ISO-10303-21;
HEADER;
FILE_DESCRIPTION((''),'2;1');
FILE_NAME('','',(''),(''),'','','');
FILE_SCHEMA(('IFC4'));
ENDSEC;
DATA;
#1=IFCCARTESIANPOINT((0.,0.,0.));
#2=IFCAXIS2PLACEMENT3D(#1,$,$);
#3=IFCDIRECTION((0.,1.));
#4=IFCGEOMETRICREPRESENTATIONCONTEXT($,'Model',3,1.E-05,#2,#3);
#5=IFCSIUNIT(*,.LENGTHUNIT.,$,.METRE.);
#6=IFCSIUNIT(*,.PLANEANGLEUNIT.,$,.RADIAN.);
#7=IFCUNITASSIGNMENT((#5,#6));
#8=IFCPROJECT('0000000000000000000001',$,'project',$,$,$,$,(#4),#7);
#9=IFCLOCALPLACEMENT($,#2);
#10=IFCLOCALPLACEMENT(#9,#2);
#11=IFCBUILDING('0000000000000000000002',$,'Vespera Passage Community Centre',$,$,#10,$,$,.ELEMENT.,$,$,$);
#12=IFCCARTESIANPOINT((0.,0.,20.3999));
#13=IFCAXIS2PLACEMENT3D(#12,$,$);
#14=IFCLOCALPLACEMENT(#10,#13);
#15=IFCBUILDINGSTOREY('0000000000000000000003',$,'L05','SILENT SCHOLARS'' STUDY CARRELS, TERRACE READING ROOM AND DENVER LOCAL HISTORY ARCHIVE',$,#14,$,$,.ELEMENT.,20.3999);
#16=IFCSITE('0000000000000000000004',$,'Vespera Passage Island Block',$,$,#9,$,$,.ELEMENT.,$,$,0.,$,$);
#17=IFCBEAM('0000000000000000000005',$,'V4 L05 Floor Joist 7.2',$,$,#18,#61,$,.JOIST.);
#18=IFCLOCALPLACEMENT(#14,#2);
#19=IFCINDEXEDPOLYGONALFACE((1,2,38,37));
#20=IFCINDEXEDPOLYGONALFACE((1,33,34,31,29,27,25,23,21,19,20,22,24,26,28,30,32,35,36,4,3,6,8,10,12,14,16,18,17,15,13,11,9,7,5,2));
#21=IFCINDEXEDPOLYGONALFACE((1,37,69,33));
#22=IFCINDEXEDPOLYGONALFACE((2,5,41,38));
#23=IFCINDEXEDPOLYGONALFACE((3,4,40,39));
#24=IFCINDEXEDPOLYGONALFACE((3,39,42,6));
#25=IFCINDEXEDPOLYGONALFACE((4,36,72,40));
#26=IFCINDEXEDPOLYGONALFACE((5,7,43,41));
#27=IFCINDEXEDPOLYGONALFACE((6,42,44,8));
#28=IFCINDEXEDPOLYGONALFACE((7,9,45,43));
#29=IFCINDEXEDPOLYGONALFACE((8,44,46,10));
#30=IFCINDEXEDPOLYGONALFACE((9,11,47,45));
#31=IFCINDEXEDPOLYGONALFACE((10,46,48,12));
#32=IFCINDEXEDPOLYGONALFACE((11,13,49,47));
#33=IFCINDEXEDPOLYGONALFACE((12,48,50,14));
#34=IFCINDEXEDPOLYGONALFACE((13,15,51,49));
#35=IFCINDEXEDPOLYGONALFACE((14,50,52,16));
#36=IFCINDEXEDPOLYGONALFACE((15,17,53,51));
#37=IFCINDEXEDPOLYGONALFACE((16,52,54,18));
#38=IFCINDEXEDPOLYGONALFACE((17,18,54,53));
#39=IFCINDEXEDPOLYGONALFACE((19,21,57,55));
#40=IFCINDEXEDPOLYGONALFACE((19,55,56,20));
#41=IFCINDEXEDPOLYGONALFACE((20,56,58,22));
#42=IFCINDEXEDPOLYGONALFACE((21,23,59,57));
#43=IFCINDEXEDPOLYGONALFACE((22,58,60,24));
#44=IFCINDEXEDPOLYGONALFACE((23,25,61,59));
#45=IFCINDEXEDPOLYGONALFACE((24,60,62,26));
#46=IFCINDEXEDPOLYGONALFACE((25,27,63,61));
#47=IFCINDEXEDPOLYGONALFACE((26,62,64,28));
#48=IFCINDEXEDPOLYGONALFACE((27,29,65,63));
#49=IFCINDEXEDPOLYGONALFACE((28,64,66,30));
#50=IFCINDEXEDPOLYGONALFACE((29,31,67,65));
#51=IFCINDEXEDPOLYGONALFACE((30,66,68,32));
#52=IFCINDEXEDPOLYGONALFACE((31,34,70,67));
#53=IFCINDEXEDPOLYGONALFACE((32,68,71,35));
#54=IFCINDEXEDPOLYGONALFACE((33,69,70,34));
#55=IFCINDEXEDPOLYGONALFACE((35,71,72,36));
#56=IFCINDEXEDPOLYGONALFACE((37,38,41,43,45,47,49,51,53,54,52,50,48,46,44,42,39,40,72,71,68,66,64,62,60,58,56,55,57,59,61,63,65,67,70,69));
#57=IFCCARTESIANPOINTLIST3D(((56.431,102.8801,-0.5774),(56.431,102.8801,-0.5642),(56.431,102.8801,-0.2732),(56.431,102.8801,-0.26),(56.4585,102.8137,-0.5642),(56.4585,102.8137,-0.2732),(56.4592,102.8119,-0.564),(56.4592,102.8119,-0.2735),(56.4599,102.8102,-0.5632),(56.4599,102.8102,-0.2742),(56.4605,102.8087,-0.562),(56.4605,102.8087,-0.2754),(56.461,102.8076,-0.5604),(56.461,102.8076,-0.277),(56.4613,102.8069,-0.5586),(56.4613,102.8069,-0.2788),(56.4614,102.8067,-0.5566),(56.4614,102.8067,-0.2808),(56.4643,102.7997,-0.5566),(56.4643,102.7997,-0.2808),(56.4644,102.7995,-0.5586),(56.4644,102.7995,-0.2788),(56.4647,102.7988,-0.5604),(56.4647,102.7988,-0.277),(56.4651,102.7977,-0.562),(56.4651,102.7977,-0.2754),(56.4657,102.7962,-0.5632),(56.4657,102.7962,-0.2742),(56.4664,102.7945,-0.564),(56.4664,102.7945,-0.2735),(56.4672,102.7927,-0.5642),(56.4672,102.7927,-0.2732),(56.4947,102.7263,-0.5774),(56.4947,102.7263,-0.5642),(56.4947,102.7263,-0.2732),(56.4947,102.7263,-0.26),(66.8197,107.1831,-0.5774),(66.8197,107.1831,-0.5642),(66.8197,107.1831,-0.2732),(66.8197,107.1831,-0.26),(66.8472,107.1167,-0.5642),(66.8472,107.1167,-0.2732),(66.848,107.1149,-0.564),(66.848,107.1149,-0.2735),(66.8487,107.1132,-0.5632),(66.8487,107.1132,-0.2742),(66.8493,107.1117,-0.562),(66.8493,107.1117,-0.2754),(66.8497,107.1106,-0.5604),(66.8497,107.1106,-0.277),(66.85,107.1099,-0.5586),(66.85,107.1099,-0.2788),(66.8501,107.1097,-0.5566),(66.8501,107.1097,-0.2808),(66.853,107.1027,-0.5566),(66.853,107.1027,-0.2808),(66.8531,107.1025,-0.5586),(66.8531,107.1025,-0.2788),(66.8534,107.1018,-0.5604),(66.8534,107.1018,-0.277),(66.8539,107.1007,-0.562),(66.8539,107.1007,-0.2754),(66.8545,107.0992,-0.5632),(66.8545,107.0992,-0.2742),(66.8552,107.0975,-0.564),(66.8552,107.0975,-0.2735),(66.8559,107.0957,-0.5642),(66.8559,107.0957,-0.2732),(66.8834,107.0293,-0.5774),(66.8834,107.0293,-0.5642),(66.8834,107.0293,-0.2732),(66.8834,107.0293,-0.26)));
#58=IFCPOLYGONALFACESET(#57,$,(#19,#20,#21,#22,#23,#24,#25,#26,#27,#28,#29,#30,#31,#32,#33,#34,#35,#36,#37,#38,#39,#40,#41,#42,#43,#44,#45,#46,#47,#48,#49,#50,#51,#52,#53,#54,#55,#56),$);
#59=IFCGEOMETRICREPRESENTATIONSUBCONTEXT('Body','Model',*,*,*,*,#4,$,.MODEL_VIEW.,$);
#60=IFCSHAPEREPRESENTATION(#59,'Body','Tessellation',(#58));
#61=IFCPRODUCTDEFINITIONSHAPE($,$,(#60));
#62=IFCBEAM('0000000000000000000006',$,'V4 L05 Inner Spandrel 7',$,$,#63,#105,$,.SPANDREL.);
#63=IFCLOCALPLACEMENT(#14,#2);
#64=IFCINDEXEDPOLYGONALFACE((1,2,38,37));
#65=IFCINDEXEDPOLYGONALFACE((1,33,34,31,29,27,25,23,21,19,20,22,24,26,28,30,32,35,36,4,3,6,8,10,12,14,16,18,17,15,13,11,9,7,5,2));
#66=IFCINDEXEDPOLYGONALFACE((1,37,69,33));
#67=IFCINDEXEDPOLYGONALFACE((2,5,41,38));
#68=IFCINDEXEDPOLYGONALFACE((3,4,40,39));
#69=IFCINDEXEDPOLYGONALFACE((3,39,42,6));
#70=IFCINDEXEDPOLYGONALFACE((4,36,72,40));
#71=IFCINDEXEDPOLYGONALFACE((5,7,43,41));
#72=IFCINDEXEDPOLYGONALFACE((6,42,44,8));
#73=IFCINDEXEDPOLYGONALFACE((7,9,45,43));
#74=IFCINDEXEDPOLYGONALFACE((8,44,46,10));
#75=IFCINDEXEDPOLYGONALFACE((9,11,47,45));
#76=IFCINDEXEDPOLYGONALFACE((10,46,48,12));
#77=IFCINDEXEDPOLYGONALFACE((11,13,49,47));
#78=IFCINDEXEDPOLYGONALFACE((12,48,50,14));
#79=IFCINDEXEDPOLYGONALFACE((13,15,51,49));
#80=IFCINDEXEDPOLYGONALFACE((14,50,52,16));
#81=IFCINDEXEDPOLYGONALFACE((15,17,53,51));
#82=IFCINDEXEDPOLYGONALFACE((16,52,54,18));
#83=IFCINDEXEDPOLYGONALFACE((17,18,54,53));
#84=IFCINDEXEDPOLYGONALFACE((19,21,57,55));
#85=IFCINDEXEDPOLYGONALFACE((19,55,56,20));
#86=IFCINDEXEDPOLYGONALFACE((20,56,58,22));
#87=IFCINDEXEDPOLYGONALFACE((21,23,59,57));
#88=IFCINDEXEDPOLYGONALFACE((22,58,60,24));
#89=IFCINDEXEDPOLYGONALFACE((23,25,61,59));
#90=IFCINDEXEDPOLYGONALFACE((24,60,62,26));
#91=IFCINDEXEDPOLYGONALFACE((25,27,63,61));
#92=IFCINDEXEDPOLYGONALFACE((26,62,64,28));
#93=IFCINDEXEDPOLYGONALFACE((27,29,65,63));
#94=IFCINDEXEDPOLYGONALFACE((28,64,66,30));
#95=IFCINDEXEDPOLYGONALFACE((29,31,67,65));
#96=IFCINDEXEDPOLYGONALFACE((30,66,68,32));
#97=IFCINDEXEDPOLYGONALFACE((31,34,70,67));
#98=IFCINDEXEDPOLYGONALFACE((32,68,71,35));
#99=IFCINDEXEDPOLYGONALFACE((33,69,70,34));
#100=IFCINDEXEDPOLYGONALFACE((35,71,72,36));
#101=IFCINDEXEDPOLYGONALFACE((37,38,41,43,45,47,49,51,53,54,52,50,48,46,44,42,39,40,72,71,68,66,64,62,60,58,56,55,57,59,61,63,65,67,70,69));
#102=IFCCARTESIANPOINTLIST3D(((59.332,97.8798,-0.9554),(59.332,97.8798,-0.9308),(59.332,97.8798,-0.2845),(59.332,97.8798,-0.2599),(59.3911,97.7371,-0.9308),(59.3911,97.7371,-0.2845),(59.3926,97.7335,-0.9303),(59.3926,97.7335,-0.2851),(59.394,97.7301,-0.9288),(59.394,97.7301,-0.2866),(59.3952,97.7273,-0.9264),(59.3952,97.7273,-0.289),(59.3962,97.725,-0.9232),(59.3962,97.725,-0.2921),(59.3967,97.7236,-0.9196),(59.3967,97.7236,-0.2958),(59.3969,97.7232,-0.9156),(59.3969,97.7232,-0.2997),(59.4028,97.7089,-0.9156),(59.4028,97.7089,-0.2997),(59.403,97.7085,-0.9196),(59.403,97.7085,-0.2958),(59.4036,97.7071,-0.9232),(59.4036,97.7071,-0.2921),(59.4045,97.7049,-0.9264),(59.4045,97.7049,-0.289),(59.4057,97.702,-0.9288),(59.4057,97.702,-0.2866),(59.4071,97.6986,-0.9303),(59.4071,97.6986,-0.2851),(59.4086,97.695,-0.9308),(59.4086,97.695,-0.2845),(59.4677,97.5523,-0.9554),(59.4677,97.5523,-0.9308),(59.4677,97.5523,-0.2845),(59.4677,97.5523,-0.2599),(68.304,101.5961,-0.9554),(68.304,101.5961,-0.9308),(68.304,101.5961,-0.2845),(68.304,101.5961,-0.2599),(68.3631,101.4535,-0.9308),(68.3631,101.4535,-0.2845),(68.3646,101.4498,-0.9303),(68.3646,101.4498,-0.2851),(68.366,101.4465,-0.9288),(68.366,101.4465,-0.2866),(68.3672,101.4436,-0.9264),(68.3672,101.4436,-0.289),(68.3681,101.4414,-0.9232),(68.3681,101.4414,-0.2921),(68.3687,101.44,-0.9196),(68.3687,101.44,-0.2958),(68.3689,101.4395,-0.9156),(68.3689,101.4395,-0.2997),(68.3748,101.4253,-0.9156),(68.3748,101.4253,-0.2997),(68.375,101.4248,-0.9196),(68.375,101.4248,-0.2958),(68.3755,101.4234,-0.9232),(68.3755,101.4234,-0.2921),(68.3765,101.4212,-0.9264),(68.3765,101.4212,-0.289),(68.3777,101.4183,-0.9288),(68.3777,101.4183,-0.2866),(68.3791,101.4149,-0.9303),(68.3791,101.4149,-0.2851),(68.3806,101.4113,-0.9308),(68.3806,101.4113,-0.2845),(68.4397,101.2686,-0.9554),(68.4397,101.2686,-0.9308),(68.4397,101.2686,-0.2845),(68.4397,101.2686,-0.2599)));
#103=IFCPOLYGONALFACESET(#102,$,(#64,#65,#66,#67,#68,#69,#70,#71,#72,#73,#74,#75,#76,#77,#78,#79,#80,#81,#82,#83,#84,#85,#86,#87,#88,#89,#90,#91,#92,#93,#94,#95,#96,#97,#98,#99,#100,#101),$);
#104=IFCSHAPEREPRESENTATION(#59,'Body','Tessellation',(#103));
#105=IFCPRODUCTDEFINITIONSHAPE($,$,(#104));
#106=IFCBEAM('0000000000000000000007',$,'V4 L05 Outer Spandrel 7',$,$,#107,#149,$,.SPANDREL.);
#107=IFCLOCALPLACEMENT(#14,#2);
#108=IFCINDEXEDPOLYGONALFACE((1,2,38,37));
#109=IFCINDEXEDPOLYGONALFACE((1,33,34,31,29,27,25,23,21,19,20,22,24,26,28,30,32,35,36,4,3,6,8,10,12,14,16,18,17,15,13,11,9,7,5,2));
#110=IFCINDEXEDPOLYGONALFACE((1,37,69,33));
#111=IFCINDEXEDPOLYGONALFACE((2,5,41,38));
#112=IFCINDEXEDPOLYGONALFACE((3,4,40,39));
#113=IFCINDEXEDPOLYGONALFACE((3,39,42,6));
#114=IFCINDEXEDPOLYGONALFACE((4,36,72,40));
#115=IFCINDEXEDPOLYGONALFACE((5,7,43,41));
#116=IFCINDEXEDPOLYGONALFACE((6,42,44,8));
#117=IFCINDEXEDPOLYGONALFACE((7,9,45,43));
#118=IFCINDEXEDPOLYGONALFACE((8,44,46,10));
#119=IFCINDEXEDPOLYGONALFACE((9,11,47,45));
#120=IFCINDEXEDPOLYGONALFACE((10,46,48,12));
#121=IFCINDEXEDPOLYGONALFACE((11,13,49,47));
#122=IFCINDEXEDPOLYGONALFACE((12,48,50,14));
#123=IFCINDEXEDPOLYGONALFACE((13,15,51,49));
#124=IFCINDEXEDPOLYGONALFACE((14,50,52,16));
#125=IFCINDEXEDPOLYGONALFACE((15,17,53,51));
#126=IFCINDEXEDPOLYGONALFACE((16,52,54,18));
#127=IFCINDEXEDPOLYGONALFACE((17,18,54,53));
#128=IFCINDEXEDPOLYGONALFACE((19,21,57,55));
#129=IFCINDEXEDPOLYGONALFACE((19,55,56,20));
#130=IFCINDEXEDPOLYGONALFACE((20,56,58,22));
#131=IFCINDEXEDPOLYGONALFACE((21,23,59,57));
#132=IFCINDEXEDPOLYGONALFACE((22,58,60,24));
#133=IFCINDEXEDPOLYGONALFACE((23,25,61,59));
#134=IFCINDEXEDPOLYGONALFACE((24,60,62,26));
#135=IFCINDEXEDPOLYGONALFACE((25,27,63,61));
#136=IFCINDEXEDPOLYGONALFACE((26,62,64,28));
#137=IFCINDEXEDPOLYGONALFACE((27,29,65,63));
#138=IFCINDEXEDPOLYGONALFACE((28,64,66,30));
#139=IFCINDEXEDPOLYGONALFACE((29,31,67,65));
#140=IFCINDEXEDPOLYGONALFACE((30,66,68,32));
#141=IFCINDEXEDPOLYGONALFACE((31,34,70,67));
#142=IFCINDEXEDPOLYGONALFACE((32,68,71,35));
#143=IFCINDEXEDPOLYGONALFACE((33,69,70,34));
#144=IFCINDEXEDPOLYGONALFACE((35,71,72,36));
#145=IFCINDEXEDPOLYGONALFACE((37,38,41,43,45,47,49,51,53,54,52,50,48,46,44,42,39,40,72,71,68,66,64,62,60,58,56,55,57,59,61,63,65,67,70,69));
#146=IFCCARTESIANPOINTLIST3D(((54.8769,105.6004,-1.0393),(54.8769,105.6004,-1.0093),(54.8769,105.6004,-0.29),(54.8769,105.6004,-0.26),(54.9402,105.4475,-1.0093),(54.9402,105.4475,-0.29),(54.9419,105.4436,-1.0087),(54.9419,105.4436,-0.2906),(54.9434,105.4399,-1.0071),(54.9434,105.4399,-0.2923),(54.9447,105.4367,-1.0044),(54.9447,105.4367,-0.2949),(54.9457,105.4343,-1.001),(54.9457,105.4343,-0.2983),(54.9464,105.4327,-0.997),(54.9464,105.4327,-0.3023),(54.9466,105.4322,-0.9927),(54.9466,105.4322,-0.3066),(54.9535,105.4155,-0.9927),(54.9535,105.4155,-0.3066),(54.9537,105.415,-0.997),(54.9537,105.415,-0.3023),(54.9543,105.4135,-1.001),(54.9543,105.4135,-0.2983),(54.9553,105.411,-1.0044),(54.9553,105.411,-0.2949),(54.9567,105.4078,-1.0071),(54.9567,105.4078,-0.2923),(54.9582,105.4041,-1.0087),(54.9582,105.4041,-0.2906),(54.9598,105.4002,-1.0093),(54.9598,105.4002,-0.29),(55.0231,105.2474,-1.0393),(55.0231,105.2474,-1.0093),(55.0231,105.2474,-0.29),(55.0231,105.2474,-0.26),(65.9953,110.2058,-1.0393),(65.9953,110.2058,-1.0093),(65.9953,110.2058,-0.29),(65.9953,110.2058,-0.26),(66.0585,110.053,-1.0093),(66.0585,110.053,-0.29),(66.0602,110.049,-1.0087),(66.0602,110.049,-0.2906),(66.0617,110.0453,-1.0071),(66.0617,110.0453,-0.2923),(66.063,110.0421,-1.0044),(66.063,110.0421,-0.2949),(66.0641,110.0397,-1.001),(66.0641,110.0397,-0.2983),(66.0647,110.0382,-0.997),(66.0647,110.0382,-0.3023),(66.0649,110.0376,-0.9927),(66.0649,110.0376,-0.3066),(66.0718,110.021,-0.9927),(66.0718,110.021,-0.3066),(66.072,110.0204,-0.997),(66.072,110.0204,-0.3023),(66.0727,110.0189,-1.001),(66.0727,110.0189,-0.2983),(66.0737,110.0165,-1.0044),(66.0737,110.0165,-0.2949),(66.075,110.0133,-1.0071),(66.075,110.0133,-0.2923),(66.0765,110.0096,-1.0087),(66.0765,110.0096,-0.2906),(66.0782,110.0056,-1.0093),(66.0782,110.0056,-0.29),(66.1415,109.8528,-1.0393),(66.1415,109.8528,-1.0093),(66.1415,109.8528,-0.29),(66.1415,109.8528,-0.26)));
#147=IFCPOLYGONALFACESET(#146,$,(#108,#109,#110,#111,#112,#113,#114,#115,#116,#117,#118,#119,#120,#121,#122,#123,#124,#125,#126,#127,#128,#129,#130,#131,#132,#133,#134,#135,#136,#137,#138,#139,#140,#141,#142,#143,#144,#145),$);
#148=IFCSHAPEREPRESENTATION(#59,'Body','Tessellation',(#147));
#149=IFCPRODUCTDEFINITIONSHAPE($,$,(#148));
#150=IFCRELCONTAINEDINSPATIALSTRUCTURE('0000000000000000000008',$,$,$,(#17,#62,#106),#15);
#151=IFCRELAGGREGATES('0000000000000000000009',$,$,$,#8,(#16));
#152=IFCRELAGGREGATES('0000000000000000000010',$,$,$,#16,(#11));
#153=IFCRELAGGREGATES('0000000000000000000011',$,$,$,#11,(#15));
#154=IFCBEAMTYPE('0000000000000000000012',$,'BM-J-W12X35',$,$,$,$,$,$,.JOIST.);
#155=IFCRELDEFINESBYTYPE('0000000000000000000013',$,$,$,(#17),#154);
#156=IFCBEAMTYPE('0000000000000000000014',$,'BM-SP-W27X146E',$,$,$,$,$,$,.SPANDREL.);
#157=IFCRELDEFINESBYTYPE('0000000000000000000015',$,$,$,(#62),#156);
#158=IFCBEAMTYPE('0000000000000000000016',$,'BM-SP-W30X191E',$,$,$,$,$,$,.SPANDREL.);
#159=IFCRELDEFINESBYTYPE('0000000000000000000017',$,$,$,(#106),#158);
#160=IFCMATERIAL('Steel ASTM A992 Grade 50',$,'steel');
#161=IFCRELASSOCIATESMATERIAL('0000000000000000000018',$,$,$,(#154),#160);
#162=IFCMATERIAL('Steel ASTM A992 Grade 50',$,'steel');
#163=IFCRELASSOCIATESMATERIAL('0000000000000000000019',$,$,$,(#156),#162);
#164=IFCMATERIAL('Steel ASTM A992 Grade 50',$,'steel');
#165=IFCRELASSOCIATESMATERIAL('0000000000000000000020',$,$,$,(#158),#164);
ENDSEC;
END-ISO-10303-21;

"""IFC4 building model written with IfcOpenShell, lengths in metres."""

from ifc_helpers import new_model, si_unit, direction, frame, origin, origin_2d, place, context, subcontext, project, spatial, i_section, extrude, material, material_profile, profile_set, type_object, element, save


model = new_model("IFC4")

# Units and contexts
model_context = context("Model", 3, precision=1e-05, world=origin(), true_north=direction((0.0, 1.0)))
body_context = subcontext(model_context, "Body", "Model", "MODEL_VIEW")
ifc_project = project(units=[si_unit("LENGTHUNIT", "METRE"), si_unit("PLANEANGLEUNIT", "RADIAN")], contexts=[model_context])

# Site, building, storey
site_placement = place(None, origin())
site = spatial("IfcSite", under=ifc_project, at=site_placement, Name="Vespera Passage Island Block", CompositionType="ELEMENT", RefElevation=0.0)
building_placement = place(site_placement, origin())
building = spatial("IfcBuilding", under=site, at=building_placement, Name="Vespera Passage Community Centre", CompositionType="ELEMENT")
storey_placement = place(building_placement, frame((0.0, 0.0, 20.3999)))
storey = spatial("IfcBuildingStorey", under=building, at=storey_placement, Name="L05", Description="SILENT SCHOLARS' STUDY CARRELS, TERRACE READING ROOM AND DENVER LOCAL HISTORY ARCHIVE", CompositionType="ELEMENT", Elevation=20.3999)

# Beams
ifc_material_1 = material(Name="Steel ASTM A992 Grade 50", Category="steel")
ifc_material_profile_1 = material_profile(ifc_material_1, i_section(OverallWidth=0.1665, OverallDepth=0.3174, WebThickness=0.0076, FlangeThickness=0.0132, FilletRadius=0.0076, at=origin_2d()), Name="W12X35")
ifc_profile_set_1 = profile_set([ifc_material_profile_1], Name="Steel ASTM A992 Grade 50")
beam_type_1 = type_object("IfcBeamType", Name="BM-J-W12X35", PredefinedType="JOIST", material=ifc_profile_set_1)
beam_1_placement = place(storey_placement, frame((66.8516, 107.1062, -0.4187), z_axis=(-0.923884, -0.382672, 0.0), x_axis=(0.382672, -0.923884, 0.0)))
element("IfcBeam", 1, at=beam_1_placement, inside=storey, type_object=beam_type_1, Name="V4 L05 Floor Joist 7.2", PredefinedType="JOIST", context=body_context, shape_type="SweptSolid", body=[
    extrude(i_section(OverallWidth=0.1665, OverallDepth=0.3174, WebThickness=0.0076, FlangeThickness=0.0132, FilletRadius=0.0076, at=origin_2d()), origin(), (0.0, 0.0, 1.0), 11.2446),
])
ifc_material_2 = material(Name="Steel ASTM A992 Grade 50", Category="steel")
ifc_material_profile_2 = material_profile(ifc_material_2, i_section(OverallWidth=0.3545, OverallDepth=0.6956, WebThickness=0.0154, FlangeThickness=0.0247, FilletRadius=0.0151, at=origin_2d()), Name="W27X146")
ifc_profile_set_2 = profile_set([ifc_material_profile_2], Name="Steel ASTM A992 Grade 50")
beam_type_2 = type_object("IfcBeamType", Name="BM-SP-W27X146E", PredefinedType="SPANDREL", material=ifc_profile_set_2)
beam_2_placement = place(storey_placement, frame((68.3718, 101.4324, -0.6077), z_axis=(-0.923879, -0.382685, 0.0), x_axis=(0.382685, -0.923879, 0.0)))
element("IfcBeam", 2, at=beam_2_placement, inside=storey, type_object=beam_type_2, Name="V4 L05 Inner Spandrel 7", PredefinedType="SPANDREL", context=body_context, shape_type="SweptSolid", body=[
    extrude(i_section(OverallWidth=0.3545, OverallDepth=0.6956, WebThickness=0.0154, FlangeThickness=0.0247, FilletRadius=0.0151, at=origin_2d()), origin(), (0.0, 0.0, 1.0), 9.7112),
])
ifc_material_3 = material(Name="Steel ASTM A992 Grade 50", Category="steel")
ifc_material_profile_3 = material_profile(ifc_material_3, i_section(OverallWidth=0.3821, OverallDepth=0.7793, WebThickness=0.0181, FlangeThickness=0.03, FilletRadius=0.0166, at=origin_2d()), Name="W30X191")
ifc_profile_set_3 = profile_set([ifc_material_profile_3], Name="Steel ASTM A992 Grade 50")
beam_type_3 = type_object("IfcBeamType", Name="BM-SP-W30X191E", PredefinedType="SPANDREL", material=ifc_profile_set_3)
beam_3_placement = place(storey_placement, frame((66.0684, 110.0293, -0.6497), z_axis=(-0.923877, -0.382689, 0.0), x_axis=(0.382689, -0.923877, 0.0)))
element("IfcBeam", 3, at=beam_3_placement, inside=storey, type_object=beam_type_3, Name="V4 L05 Outer Spandrel 7", PredefinedType="SPANDREL", context=body_context, shape_type="SweptSolid", body=[
    extrude(i_section(OverallWidth=0.3821, OverallDepth=0.7793, WebThickness=0.0181, FlangeThickness=0.03, FilletRadius=0.0166, at=origin_2d()), origin(), (0.0, 0.0, 1.0), 12.0344),
])

save(model, "model.ifc")
